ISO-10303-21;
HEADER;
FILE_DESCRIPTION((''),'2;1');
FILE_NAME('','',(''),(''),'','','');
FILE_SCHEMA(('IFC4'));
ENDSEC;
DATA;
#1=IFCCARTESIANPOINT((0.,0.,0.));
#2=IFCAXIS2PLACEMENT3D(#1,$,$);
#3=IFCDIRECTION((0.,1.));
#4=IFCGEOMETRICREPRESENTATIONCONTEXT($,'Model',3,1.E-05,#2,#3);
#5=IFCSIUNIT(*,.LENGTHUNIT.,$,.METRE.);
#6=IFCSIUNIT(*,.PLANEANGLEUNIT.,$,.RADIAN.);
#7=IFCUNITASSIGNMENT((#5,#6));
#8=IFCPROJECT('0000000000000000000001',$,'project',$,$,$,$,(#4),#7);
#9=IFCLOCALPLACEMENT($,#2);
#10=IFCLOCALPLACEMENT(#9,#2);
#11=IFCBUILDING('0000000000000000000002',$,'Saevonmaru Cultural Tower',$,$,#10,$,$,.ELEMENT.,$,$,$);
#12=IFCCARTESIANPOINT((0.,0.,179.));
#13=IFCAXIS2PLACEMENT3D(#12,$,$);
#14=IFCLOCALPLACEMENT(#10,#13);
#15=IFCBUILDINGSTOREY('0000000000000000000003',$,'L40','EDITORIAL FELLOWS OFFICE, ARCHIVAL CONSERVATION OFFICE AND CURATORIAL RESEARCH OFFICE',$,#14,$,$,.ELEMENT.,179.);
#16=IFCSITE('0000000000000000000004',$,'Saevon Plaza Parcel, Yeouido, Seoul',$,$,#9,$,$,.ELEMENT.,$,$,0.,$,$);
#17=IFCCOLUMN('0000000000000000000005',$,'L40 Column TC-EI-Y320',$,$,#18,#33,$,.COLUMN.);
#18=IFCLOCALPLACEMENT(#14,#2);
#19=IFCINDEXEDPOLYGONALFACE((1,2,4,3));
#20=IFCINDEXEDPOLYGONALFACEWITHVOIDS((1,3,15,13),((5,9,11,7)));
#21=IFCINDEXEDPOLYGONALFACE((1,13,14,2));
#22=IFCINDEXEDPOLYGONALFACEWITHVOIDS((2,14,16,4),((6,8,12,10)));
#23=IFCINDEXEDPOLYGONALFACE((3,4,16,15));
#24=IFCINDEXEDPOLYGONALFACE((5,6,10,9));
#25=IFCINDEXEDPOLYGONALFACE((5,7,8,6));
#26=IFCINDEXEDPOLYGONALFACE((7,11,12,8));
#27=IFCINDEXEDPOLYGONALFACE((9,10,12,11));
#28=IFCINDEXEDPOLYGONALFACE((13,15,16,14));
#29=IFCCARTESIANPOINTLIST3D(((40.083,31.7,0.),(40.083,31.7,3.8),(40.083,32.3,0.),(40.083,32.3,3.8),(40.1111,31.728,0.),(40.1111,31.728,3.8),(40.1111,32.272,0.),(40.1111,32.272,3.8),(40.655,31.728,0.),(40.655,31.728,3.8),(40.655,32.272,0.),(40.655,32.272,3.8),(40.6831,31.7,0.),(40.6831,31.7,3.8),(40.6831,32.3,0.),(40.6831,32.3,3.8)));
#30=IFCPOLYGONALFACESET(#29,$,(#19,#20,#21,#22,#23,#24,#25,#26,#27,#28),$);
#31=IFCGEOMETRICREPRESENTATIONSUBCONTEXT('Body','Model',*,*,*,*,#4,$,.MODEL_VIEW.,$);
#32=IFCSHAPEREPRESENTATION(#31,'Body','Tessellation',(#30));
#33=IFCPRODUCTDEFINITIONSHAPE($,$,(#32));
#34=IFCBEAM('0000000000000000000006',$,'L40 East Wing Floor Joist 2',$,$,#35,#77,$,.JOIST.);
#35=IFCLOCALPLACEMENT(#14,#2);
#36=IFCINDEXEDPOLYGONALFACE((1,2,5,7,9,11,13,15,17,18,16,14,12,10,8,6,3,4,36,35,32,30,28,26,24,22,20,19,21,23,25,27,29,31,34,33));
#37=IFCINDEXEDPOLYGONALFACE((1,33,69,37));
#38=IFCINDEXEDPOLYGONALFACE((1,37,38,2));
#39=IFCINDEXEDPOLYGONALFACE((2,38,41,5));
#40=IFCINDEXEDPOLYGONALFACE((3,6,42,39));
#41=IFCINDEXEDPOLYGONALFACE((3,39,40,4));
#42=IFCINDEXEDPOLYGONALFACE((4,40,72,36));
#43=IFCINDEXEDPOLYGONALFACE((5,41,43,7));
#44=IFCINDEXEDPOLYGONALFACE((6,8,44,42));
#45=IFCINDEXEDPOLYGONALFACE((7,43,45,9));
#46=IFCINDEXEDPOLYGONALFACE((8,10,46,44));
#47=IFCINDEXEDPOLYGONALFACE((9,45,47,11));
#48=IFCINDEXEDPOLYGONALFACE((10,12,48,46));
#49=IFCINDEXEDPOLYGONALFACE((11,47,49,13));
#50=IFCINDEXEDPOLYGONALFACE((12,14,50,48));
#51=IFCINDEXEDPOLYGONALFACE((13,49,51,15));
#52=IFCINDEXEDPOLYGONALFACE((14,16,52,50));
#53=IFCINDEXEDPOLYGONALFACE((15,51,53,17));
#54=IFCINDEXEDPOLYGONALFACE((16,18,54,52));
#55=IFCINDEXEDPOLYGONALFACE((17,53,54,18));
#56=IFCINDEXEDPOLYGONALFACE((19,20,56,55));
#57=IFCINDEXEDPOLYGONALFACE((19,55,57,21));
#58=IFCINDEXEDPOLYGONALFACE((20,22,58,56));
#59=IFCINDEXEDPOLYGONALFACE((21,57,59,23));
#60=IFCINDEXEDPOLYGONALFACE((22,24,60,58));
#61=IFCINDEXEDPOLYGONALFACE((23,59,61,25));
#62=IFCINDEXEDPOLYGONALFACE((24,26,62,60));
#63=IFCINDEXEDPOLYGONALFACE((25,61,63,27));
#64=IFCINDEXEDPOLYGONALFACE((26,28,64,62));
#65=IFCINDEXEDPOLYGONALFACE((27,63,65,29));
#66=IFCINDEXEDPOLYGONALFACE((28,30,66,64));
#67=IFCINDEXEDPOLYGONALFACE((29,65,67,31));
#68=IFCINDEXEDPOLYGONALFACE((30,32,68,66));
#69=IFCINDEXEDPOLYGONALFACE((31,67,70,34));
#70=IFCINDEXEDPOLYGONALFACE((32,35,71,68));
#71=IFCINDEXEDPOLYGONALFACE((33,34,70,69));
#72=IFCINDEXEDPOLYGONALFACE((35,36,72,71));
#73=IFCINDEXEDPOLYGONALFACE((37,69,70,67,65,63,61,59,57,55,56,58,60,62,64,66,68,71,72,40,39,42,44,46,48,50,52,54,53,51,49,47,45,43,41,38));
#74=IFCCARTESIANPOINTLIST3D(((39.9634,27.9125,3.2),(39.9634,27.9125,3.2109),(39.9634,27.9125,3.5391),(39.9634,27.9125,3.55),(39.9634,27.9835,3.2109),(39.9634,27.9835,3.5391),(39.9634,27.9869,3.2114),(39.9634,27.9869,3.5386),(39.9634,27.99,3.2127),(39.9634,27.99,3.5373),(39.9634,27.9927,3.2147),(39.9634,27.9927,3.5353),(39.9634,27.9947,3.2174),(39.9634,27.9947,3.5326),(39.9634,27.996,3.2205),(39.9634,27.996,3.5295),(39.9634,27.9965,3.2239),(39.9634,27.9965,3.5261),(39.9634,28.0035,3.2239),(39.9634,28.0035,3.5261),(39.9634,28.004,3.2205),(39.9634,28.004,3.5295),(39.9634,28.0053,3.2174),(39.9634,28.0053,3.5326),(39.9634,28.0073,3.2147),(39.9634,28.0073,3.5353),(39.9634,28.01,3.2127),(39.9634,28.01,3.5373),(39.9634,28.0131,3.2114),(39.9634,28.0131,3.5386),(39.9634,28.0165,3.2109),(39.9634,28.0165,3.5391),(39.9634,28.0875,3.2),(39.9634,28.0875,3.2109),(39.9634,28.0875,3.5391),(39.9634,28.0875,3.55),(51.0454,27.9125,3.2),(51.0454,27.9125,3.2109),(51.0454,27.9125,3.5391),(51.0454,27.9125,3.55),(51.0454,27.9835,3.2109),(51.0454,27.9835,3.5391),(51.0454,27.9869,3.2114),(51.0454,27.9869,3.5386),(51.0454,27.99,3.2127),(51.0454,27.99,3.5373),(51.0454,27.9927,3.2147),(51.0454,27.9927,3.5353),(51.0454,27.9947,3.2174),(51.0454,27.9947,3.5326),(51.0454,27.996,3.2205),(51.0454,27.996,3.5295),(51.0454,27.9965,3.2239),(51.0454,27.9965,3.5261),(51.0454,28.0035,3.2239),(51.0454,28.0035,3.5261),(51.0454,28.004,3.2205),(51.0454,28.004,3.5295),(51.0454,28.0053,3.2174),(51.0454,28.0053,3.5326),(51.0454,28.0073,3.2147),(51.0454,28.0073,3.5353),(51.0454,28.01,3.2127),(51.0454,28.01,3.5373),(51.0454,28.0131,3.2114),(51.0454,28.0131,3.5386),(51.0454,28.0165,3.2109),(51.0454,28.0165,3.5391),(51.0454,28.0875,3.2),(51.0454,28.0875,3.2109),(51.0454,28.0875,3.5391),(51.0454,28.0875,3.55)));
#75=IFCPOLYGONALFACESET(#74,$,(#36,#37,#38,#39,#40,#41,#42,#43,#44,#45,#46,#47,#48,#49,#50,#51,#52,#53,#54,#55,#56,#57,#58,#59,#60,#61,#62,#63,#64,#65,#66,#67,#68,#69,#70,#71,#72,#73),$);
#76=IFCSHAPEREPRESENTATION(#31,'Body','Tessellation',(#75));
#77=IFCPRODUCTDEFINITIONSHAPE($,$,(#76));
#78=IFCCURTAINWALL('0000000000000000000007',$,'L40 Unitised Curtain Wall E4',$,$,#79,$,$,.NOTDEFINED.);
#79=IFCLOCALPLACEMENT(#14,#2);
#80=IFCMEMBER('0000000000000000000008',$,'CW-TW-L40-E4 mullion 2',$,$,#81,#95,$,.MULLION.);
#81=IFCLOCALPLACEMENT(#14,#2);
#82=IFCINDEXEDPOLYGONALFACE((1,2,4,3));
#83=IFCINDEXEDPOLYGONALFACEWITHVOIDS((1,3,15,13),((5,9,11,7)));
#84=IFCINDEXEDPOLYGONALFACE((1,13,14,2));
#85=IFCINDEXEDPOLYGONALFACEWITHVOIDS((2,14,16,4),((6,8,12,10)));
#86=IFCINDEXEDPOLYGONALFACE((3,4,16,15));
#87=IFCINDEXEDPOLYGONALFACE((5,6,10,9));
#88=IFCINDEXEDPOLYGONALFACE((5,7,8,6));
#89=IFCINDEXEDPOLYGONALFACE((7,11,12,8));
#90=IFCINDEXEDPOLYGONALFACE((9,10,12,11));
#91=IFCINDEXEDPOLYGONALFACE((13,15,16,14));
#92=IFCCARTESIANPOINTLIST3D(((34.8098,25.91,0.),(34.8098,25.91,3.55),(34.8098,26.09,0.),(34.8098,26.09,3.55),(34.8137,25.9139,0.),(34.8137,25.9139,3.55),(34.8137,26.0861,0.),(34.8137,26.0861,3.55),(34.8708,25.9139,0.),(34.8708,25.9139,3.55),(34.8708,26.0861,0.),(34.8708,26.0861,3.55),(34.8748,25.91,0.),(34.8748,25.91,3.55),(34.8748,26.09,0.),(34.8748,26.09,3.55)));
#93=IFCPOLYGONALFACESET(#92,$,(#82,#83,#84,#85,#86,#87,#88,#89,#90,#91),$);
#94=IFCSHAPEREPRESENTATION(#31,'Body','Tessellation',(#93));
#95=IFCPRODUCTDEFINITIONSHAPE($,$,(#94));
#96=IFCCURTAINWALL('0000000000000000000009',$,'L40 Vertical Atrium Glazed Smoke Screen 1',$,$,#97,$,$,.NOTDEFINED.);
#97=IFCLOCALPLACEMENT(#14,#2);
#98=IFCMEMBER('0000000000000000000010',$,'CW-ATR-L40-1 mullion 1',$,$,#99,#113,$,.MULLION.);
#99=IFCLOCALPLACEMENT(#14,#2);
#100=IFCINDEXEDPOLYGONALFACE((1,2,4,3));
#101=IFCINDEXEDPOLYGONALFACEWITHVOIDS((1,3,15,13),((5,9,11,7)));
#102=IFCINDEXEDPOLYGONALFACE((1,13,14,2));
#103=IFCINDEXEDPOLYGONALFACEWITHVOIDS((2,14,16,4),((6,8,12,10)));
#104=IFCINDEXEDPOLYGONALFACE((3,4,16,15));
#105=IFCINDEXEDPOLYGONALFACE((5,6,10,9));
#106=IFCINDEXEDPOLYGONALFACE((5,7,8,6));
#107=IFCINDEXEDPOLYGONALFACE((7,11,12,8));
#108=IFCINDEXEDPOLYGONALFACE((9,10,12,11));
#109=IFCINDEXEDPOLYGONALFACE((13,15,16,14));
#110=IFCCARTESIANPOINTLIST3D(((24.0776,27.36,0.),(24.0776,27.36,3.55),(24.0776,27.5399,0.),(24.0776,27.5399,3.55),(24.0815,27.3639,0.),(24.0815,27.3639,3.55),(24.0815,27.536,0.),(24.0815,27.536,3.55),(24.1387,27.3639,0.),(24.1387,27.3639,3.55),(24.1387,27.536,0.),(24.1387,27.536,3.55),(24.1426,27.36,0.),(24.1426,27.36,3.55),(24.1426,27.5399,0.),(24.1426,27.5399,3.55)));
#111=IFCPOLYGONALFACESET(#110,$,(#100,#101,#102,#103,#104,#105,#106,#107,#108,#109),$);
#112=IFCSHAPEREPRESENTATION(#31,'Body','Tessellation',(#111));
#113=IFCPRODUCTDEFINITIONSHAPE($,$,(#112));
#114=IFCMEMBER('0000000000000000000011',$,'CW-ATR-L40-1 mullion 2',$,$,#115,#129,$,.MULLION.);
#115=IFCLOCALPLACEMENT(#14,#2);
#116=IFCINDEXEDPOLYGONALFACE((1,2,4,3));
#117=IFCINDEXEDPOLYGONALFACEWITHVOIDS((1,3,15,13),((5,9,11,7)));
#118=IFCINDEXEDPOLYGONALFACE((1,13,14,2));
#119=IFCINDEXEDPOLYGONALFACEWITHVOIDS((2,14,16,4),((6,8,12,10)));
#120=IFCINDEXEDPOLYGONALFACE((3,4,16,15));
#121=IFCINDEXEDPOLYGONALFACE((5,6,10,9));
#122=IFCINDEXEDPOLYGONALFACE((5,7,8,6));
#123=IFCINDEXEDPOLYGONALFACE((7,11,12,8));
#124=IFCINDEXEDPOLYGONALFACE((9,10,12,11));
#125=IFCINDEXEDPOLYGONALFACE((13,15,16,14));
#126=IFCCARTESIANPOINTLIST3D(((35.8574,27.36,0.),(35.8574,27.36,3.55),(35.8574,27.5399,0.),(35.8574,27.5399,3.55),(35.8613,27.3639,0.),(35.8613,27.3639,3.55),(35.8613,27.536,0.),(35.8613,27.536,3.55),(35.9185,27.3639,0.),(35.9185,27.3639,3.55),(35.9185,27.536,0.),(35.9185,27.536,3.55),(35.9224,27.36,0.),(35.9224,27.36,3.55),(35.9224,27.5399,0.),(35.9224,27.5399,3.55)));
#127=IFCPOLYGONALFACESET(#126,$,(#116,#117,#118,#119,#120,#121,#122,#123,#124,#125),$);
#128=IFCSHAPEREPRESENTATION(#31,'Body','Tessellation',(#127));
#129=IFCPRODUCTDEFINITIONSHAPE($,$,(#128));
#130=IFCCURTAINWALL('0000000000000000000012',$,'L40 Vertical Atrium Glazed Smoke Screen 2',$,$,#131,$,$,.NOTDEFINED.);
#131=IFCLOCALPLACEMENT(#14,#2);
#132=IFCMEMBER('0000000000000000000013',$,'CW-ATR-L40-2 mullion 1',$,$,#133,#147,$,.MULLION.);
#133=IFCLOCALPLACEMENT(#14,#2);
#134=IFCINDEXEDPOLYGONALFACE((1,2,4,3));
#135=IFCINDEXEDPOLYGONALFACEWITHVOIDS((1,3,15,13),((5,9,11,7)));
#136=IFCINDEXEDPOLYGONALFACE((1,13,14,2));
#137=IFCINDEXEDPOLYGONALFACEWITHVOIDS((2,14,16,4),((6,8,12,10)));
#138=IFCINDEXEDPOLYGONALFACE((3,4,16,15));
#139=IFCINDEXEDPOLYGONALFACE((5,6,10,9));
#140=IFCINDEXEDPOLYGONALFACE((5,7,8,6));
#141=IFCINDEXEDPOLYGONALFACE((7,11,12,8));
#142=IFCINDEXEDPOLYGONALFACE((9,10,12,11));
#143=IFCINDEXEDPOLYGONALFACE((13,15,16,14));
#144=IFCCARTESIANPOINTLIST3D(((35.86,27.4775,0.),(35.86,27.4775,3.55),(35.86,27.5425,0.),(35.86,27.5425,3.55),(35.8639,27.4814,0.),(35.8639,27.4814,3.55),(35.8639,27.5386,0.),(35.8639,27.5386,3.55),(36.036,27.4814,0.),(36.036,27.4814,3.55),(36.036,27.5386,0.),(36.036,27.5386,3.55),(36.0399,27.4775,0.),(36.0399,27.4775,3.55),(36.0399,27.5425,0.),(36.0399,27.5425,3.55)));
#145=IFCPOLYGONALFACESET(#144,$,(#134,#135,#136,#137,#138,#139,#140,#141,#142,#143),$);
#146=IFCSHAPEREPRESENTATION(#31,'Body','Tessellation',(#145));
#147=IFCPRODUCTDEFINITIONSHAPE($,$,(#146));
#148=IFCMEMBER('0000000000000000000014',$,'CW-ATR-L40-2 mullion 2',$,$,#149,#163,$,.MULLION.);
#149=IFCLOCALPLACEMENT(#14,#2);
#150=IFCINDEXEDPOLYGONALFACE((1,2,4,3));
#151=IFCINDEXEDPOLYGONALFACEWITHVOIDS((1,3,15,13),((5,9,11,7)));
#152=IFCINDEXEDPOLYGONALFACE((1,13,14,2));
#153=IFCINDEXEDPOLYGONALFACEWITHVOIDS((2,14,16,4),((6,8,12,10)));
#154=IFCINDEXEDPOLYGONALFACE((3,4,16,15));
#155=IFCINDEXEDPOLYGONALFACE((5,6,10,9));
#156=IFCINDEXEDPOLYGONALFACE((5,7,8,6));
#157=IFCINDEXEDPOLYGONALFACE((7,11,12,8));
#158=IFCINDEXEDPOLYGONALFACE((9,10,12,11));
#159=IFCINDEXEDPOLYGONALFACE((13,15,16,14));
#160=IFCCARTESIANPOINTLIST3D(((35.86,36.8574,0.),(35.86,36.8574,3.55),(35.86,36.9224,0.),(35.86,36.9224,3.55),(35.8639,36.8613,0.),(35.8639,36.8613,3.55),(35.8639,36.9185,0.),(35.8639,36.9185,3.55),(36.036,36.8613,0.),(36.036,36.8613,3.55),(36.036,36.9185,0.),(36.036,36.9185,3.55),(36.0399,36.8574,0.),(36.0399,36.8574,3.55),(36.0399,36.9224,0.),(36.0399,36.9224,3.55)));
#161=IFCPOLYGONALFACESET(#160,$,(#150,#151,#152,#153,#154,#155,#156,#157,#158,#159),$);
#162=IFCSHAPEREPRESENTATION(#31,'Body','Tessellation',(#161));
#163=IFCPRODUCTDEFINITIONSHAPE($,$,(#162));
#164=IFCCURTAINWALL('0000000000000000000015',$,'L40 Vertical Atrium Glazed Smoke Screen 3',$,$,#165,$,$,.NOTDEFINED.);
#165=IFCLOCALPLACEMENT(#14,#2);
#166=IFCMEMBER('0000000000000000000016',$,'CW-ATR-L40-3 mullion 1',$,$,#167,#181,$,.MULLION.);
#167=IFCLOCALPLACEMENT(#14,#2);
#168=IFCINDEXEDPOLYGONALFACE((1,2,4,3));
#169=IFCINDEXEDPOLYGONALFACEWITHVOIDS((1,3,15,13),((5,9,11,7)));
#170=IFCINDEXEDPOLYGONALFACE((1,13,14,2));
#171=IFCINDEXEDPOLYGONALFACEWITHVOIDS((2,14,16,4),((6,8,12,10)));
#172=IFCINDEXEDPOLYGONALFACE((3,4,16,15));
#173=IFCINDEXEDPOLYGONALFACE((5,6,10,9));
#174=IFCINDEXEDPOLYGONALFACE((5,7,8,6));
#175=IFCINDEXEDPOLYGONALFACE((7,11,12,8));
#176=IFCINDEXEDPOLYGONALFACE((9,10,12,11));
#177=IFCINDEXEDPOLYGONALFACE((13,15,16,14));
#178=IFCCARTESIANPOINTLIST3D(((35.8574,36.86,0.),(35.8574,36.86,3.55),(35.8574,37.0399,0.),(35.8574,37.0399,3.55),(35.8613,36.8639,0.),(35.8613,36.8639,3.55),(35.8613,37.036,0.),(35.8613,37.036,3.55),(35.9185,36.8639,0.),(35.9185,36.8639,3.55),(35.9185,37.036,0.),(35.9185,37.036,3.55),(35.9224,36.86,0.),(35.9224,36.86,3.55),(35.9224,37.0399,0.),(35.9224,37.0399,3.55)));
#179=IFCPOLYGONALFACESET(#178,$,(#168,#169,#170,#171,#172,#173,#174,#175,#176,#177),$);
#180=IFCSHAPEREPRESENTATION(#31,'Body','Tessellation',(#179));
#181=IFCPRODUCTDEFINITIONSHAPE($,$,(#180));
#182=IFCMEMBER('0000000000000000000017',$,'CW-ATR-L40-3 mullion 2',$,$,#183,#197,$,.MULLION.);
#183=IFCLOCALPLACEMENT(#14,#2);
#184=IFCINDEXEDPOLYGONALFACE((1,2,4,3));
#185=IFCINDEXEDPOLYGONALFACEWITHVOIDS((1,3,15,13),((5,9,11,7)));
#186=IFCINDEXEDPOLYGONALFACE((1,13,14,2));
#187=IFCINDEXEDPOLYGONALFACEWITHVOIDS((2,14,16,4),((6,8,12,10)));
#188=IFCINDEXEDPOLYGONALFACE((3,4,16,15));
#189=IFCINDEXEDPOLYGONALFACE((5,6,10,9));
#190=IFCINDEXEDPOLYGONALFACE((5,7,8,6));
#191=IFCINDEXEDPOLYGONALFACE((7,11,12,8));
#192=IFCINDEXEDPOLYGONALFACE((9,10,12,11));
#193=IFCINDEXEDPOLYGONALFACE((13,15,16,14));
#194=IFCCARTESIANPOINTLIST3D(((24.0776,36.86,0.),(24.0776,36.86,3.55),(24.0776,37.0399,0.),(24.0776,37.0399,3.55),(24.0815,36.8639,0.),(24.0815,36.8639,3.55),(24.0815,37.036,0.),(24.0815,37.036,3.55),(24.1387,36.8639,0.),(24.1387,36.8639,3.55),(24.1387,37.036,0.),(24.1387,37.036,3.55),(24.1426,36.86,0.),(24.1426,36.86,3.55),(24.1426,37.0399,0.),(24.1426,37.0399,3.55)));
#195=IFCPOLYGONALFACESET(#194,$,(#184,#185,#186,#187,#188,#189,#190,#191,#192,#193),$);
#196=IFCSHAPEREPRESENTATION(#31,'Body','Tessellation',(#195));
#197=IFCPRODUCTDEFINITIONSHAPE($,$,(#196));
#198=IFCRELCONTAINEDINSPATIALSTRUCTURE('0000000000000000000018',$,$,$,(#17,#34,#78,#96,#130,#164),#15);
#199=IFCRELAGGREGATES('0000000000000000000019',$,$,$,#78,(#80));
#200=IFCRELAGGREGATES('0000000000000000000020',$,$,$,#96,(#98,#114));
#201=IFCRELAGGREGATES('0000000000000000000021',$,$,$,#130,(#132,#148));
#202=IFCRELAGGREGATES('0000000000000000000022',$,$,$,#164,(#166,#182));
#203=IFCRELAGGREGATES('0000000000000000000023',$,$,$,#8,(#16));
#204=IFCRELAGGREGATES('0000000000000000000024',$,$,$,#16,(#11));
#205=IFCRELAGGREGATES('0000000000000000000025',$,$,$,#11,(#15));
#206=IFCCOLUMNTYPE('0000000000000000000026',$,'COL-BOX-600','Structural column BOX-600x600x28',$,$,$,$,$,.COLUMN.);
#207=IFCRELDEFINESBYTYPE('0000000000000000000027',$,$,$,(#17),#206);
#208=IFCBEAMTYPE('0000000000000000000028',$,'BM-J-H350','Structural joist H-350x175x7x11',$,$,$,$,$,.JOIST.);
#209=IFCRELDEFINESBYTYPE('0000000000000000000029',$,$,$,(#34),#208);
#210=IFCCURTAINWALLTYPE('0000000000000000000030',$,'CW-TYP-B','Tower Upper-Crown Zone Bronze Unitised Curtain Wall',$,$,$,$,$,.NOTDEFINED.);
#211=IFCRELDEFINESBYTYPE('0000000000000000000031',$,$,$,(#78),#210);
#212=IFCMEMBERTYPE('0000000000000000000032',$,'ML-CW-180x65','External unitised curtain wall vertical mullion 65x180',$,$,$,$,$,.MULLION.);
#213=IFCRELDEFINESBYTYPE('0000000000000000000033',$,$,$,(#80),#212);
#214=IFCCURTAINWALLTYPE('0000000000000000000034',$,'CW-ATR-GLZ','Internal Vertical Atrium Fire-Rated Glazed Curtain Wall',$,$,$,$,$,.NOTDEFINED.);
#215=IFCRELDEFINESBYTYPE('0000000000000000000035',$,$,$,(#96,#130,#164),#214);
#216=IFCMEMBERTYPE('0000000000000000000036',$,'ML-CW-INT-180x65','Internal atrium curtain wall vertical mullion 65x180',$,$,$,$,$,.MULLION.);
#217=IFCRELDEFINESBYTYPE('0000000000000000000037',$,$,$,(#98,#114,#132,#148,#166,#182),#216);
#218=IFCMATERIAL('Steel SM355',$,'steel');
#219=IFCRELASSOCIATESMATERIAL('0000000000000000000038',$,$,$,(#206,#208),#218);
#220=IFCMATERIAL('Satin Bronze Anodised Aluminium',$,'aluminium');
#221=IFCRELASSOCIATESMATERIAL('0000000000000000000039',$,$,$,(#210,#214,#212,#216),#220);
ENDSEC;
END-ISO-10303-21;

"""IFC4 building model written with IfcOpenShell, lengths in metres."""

from ifc_helpers import new_model, si_unit, direction, frame, origin, origin_2d, place, context, subcontext, project, spatial, hollow_rectangle, i_section, extrude, material, material_profile, profile_set, type_object, element, aggregate, save


model = new_model("IFC4")

# Units and contexts
model_context = context("Model", 3, precision=1e-05, world=origin(), true_north=direction((0.0, 1.0)))
body_context = subcontext(model_context, "Body", "Model", "MODEL_VIEW")
ifc_project = project(units=[si_unit("LENGTHUNIT", "METRE"), si_unit("PLANEANGLEUNIT", "RADIAN")], contexts=[model_context])

# Site, building, storey
site_placement = place(None, origin())
site = spatial("IfcSite", under=ifc_project, at=site_placement, Name="Saevon Plaza Parcel, Yeouido, Seoul", CompositionType="ELEMENT", RefElevation=0.0)
building_placement = place(site_placement, origin())
building = spatial("IfcBuilding", under=site, at=building_placement, Name="Saevonmaru Cultural Tower", CompositionType="ELEMENT")
storey_placement = place(building_placement, frame((0.0, 0.0, 179.0)))
storey = spatial("IfcBuildingStorey", under=building, at=storey_placement, Name="L40", Description="EDITORIAL FELLOWS OFFICE, ARCHIVAL CONSERVATION OFFICE AND CURATORIAL RESEARCH OFFICE", CompositionType="ELEMENT", Elevation=179.0)

# Column
ifc_material_1 = material(Name="Steel SM355", Category="steel")
ifc_material_profile_1 = material_profile(ifc_material_1, hollow_rectangle(XDim=0.6001, YDim=0.6001, WallThickness=0.0281, at=origin_2d()), Name="BOX-600x600x28")
ifc_profile_set_1 = profile_set([ifc_material_profile_1], Name="Steel SM355")
column_type = type_object("IfcColumnType", Name="COL-BOX-600", Description="Structural column BOX-600x600x28", PredefinedType="COLUMN", material=ifc_profile_set_1)
column_placement = place(storey_placement, frame((40.3831, 32.0, 0.0), z_axis=(0.0, 0.0, 1.0), x_axis=(1.0, 0.0, 0.0)))
element("IfcColumn", 1, at=column_placement, inside=storey, type_object=column_type, Name="L40 Column TC-EI-Y320", PredefinedType="COLUMN", context=body_context, shape_type="SweptSolid", body=[
    extrude(hollow_rectangle(XDim=0.6001, YDim=0.6001, WallThickness=0.0281, at=origin_2d()), origin(), (0.0, 0.0, 1.0), 3.8),
])

# Beam
ifc_material_profile_2 = material_profile(ifc_material_1, i_section(OverallWidth=0.175, OverallDepth=0.3501, WebThickness=0.0071, FlangeThickness=0.011, FilletRadius=0.0129, at=origin_2d()), Name="H-350x175x7x11")
ifc_profile_set_2 = profile_set([ifc_material_profile_2], Name="Steel SM355")
beam_type = type_object("IfcBeamType", Name="BM-J-H350", Description="Structural joist H-350x175x7x11", PredefinedType="JOIST", material=ifc_profile_set_2)
beam_placement = place(storey_placement, frame((39.9634, 28.0, 3.375), z_axis=(1.0, 0.0, 0.0), x_axis=(0.0, 1.0, 0.0)))
element("IfcBeam", 2, at=beam_placement, inside=storey, type_object=beam_type, Name="L40 East Wing Floor Joist 2", PredefinedType="JOIST", context=body_context, shape_type="SweptSolid", body=[
    extrude(i_section(OverallWidth=0.175, OverallDepth=0.3501, WebThickness=0.0071, FlangeThickness=0.011, FilletRadius=0.0129, at=origin_2d()), origin(), (0.0, 0.0, 1.0), 11.082),
])

# Curtain wall, member
ifc_material_2 = material(Name="Satin Bronze Anodised Aluminium", Category="aluminium")
curtain_wall_type_1 = type_object("IfcCurtainWallType", Name="CW-TYP-B", Description="Tower Upper-Crown Zone Bronze Unitised Curtain Wall", PredefinedType="NOTDEFINED", material=ifc_material_2)
curtain_wall_1_placement = place(storey_placement, origin())
curtain_wall_1 = element("IfcCurtainWall", 3, at=curtain_wall_1_placement, inside=storey, type_object=curtain_wall_type_1, Name="L40 Unitised Curtain Wall E4", PredefinedType="NOTDEFINED")
ifc_material_profile_3 = material_profile(ifc_material_2, hollow_rectangle(XDim=0.0649, YDim=0.1799, WallThickness=0.0039, at=origin_2d()), Name="ALU-MULL-180x65x4")
ifc_profile_set_3 = profile_set([ifc_material_profile_3], Name="Satin Bronze Anodised Aluminium")
member_type_1 = type_object("IfcMemberType", Name="ML-CW-180x65", Description="External unitised curtain wall vertical mullion 65x180", PredefinedType="MULLION", material=ifc_profile_set_3)
member_1_placement = place(storey_placement, frame((34.8423, 26.0, 0.0), z_axis=(0.0, 0.0, 1.0), x_axis=(1.0, 0.0, 0.0)))
member_1 = element("IfcMember", 4, at=member_1_placement, type_object=member_type_1, Name="CW-TW-L40-E4 mullion 2", PredefinedType="MULLION", context=body_context, shape_type="SweptSolid", body=[
    extrude(hollow_rectangle(XDim=0.0649, YDim=0.1799, WallThickness=0.0039, at=origin_2d()), origin(), (0.0, 0.0, 1.0), 3.55),
])
aggregate(curtain_wall_1, [member_1])

# Curtain walls, members
curtain_wall_type_2 = type_object("IfcCurtainWallType", Name="CW-ATR-GLZ", Description="Internal Vertical Atrium Fire-Rated Glazed Curtain Wall", PredefinedType="NOTDEFINED", material=ifc_material_2)
curtain_wall_2_placement = place(storey_placement, origin())
curtain_wall_2 = element("IfcCurtainWall", 5, at=curtain_wall_2_placement, inside=storey, type_object=curtain_wall_type_2, Name="L40 Vertical Atrium Glazed Smoke Screen 1", PredefinedType="NOTDEFINED")
ifc_material_profile_4 = material_profile(ifc_material_2, hollow_rectangle(XDim=0.0649, YDim=0.1799, WallThickness=0.0039, at=origin_2d()), Name="ALU-MULL-180x65x4")
ifc_profile_set_4 = profile_set([ifc_material_profile_4], Name="Satin Bronze Anodised Aluminium")
member_type_2 = type_object("IfcMemberType", Name="ML-CW-INT-180x65", Description="Internal atrium curtain wall vertical mullion 65x180", PredefinedType="MULLION", material=ifc_profile_set_4)
member_2_placement = place(storey_placement, frame((24.1101, 27.45, 0.0), z_axis=(0.0, 0.0, 1.0), x_axis=(1.0, 0.0, 0.0)))
member_2 = element("IfcMember", 6, at=member_2_placement, type_object=member_type_2, Name="CW-ATR-L40-1 mullion 1", PredefinedType="MULLION", context=body_context, shape_type="SweptSolid", body=[
    extrude(hollow_rectangle(XDim=0.0649, YDim=0.1799, WallThickness=0.0039, at=origin_2d()), origin(), (0.0, 0.0, 1.0), 3.55),
])
member_3_placement = place(storey_placement, frame((35.8899, 27.45, 0.0), z_axis=(0.0, 0.0, 1.0), x_axis=(1.0, 0.0, 0.0)))
member_3 = element("IfcMember", 7, at=member_3_placement, type_object=member_type_2, Name="CW-ATR-L40-1 mullion 2", PredefinedType="MULLION", context=body_context, shape_type="SweptSolid", body=[
    extrude(hollow_rectangle(XDim=0.0649, YDim=0.1799, WallThickness=0.0039, at=origin_2d()), origin(), (0.0, 0.0, 1.0), 3.55),
])
curtain_wall_3_placement = place(storey_placement, origin())
curtain_wall_3 = element("IfcCurtainWall", 8, at=curtain_wall_3_placement, inside=storey, type_object=curtain_wall_type_2, Name="L40 Vertical Atrium Glazed Smoke Screen 2", PredefinedType="NOTDEFINED")
member_4_placement = place(storey_placement, frame((35.95, 27.51, 0.0), z_axis=(0.0, 0.0, 1.0), x_axis=(0.0, 1.0, 0.0)))
member_4 = element("IfcMember", 9, at=member_4_placement, type_object=member_type_2, Name="CW-ATR-L40-2 mullion 1", PredefinedType="MULLION", context=body_context, shape_type="SweptSolid", body=[
    extrude(hollow_rectangle(XDim=0.0649, YDim=0.1799, WallThickness=0.0039, at=origin_2d()), origin(), (0.0, 0.0, 1.0), 3.55),
])
member_5_placement = place(storey_placement, frame((35.95, 36.8899, 0.0), z_axis=(0.0, 0.0, 1.0), x_axis=(0.0, 1.0, 0.0)))
member_5 = element("IfcMember", 10, at=member_5_placement, type_object=member_type_2, Name="CW-ATR-L40-2 mullion 2", PredefinedType="MULLION", context=body_context, shape_type="SweptSolid", body=[
    extrude(hollow_rectangle(XDim=0.0649, YDim=0.1799, WallThickness=0.0039, at=origin_2d()), origin(), (0.0, 0.0, 1.0), 3.55),
])
curtain_wall_4_placement = place(storey_placement, origin())
curtain_wall_4 = element("IfcCurtainWall", 11, at=curtain_wall_4_placement, inside=storey, type_object=curtain_wall_type_2, Name="L40 Vertical Atrium Glazed Smoke Screen 3", PredefinedType="NOTDEFINED")
member_6_placement = place(storey_placement, frame((35.8899, 36.95, 0.0), z_axis=(0.0, 0.0, 1.0), x_axis=(-1.0, 0.0, 0.0)))
member_6 = element("IfcMember", 12, at=member_6_placement, type_object=member_type_2, Name="CW-ATR-L40-3 mullion 1", PredefinedType="MULLION", context=body_context, shape_type="SweptSolid", body=[
    extrude(hollow_rectangle(XDim=0.0649, YDim=0.1799, WallThickness=0.0039, at=origin_2d()), origin(), (0.0, 0.0, 1.0), 3.55),
])
member_7_placement = place(storey_placement, frame((24.1101, 36.95, 0.0), z_axis=(0.0, 0.0, 1.0), x_axis=(-1.0, 0.0, 0.0)))
member_7 = element("IfcMember", 13, at=member_7_placement, type_object=member_type_2, Name="CW-ATR-L40-3 mullion 2", PredefinedType="MULLION", context=body_context, shape_type="SweptSolid", body=[
    extrude(hollow_rectangle(XDim=0.0649, YDim=0.1799, WallThickness=0.0039, at=origin_2d()), origin(), (0.0, 0.0, 1.0), 3.55),
])

aggregate(curtain_wall_2, [member_2, member_3])
aggregate(curtain_wall_3, [member_4, member_5])
aggregate(curtain_wall_4, [member_6, member_7])

save(model, "model.ifc")
